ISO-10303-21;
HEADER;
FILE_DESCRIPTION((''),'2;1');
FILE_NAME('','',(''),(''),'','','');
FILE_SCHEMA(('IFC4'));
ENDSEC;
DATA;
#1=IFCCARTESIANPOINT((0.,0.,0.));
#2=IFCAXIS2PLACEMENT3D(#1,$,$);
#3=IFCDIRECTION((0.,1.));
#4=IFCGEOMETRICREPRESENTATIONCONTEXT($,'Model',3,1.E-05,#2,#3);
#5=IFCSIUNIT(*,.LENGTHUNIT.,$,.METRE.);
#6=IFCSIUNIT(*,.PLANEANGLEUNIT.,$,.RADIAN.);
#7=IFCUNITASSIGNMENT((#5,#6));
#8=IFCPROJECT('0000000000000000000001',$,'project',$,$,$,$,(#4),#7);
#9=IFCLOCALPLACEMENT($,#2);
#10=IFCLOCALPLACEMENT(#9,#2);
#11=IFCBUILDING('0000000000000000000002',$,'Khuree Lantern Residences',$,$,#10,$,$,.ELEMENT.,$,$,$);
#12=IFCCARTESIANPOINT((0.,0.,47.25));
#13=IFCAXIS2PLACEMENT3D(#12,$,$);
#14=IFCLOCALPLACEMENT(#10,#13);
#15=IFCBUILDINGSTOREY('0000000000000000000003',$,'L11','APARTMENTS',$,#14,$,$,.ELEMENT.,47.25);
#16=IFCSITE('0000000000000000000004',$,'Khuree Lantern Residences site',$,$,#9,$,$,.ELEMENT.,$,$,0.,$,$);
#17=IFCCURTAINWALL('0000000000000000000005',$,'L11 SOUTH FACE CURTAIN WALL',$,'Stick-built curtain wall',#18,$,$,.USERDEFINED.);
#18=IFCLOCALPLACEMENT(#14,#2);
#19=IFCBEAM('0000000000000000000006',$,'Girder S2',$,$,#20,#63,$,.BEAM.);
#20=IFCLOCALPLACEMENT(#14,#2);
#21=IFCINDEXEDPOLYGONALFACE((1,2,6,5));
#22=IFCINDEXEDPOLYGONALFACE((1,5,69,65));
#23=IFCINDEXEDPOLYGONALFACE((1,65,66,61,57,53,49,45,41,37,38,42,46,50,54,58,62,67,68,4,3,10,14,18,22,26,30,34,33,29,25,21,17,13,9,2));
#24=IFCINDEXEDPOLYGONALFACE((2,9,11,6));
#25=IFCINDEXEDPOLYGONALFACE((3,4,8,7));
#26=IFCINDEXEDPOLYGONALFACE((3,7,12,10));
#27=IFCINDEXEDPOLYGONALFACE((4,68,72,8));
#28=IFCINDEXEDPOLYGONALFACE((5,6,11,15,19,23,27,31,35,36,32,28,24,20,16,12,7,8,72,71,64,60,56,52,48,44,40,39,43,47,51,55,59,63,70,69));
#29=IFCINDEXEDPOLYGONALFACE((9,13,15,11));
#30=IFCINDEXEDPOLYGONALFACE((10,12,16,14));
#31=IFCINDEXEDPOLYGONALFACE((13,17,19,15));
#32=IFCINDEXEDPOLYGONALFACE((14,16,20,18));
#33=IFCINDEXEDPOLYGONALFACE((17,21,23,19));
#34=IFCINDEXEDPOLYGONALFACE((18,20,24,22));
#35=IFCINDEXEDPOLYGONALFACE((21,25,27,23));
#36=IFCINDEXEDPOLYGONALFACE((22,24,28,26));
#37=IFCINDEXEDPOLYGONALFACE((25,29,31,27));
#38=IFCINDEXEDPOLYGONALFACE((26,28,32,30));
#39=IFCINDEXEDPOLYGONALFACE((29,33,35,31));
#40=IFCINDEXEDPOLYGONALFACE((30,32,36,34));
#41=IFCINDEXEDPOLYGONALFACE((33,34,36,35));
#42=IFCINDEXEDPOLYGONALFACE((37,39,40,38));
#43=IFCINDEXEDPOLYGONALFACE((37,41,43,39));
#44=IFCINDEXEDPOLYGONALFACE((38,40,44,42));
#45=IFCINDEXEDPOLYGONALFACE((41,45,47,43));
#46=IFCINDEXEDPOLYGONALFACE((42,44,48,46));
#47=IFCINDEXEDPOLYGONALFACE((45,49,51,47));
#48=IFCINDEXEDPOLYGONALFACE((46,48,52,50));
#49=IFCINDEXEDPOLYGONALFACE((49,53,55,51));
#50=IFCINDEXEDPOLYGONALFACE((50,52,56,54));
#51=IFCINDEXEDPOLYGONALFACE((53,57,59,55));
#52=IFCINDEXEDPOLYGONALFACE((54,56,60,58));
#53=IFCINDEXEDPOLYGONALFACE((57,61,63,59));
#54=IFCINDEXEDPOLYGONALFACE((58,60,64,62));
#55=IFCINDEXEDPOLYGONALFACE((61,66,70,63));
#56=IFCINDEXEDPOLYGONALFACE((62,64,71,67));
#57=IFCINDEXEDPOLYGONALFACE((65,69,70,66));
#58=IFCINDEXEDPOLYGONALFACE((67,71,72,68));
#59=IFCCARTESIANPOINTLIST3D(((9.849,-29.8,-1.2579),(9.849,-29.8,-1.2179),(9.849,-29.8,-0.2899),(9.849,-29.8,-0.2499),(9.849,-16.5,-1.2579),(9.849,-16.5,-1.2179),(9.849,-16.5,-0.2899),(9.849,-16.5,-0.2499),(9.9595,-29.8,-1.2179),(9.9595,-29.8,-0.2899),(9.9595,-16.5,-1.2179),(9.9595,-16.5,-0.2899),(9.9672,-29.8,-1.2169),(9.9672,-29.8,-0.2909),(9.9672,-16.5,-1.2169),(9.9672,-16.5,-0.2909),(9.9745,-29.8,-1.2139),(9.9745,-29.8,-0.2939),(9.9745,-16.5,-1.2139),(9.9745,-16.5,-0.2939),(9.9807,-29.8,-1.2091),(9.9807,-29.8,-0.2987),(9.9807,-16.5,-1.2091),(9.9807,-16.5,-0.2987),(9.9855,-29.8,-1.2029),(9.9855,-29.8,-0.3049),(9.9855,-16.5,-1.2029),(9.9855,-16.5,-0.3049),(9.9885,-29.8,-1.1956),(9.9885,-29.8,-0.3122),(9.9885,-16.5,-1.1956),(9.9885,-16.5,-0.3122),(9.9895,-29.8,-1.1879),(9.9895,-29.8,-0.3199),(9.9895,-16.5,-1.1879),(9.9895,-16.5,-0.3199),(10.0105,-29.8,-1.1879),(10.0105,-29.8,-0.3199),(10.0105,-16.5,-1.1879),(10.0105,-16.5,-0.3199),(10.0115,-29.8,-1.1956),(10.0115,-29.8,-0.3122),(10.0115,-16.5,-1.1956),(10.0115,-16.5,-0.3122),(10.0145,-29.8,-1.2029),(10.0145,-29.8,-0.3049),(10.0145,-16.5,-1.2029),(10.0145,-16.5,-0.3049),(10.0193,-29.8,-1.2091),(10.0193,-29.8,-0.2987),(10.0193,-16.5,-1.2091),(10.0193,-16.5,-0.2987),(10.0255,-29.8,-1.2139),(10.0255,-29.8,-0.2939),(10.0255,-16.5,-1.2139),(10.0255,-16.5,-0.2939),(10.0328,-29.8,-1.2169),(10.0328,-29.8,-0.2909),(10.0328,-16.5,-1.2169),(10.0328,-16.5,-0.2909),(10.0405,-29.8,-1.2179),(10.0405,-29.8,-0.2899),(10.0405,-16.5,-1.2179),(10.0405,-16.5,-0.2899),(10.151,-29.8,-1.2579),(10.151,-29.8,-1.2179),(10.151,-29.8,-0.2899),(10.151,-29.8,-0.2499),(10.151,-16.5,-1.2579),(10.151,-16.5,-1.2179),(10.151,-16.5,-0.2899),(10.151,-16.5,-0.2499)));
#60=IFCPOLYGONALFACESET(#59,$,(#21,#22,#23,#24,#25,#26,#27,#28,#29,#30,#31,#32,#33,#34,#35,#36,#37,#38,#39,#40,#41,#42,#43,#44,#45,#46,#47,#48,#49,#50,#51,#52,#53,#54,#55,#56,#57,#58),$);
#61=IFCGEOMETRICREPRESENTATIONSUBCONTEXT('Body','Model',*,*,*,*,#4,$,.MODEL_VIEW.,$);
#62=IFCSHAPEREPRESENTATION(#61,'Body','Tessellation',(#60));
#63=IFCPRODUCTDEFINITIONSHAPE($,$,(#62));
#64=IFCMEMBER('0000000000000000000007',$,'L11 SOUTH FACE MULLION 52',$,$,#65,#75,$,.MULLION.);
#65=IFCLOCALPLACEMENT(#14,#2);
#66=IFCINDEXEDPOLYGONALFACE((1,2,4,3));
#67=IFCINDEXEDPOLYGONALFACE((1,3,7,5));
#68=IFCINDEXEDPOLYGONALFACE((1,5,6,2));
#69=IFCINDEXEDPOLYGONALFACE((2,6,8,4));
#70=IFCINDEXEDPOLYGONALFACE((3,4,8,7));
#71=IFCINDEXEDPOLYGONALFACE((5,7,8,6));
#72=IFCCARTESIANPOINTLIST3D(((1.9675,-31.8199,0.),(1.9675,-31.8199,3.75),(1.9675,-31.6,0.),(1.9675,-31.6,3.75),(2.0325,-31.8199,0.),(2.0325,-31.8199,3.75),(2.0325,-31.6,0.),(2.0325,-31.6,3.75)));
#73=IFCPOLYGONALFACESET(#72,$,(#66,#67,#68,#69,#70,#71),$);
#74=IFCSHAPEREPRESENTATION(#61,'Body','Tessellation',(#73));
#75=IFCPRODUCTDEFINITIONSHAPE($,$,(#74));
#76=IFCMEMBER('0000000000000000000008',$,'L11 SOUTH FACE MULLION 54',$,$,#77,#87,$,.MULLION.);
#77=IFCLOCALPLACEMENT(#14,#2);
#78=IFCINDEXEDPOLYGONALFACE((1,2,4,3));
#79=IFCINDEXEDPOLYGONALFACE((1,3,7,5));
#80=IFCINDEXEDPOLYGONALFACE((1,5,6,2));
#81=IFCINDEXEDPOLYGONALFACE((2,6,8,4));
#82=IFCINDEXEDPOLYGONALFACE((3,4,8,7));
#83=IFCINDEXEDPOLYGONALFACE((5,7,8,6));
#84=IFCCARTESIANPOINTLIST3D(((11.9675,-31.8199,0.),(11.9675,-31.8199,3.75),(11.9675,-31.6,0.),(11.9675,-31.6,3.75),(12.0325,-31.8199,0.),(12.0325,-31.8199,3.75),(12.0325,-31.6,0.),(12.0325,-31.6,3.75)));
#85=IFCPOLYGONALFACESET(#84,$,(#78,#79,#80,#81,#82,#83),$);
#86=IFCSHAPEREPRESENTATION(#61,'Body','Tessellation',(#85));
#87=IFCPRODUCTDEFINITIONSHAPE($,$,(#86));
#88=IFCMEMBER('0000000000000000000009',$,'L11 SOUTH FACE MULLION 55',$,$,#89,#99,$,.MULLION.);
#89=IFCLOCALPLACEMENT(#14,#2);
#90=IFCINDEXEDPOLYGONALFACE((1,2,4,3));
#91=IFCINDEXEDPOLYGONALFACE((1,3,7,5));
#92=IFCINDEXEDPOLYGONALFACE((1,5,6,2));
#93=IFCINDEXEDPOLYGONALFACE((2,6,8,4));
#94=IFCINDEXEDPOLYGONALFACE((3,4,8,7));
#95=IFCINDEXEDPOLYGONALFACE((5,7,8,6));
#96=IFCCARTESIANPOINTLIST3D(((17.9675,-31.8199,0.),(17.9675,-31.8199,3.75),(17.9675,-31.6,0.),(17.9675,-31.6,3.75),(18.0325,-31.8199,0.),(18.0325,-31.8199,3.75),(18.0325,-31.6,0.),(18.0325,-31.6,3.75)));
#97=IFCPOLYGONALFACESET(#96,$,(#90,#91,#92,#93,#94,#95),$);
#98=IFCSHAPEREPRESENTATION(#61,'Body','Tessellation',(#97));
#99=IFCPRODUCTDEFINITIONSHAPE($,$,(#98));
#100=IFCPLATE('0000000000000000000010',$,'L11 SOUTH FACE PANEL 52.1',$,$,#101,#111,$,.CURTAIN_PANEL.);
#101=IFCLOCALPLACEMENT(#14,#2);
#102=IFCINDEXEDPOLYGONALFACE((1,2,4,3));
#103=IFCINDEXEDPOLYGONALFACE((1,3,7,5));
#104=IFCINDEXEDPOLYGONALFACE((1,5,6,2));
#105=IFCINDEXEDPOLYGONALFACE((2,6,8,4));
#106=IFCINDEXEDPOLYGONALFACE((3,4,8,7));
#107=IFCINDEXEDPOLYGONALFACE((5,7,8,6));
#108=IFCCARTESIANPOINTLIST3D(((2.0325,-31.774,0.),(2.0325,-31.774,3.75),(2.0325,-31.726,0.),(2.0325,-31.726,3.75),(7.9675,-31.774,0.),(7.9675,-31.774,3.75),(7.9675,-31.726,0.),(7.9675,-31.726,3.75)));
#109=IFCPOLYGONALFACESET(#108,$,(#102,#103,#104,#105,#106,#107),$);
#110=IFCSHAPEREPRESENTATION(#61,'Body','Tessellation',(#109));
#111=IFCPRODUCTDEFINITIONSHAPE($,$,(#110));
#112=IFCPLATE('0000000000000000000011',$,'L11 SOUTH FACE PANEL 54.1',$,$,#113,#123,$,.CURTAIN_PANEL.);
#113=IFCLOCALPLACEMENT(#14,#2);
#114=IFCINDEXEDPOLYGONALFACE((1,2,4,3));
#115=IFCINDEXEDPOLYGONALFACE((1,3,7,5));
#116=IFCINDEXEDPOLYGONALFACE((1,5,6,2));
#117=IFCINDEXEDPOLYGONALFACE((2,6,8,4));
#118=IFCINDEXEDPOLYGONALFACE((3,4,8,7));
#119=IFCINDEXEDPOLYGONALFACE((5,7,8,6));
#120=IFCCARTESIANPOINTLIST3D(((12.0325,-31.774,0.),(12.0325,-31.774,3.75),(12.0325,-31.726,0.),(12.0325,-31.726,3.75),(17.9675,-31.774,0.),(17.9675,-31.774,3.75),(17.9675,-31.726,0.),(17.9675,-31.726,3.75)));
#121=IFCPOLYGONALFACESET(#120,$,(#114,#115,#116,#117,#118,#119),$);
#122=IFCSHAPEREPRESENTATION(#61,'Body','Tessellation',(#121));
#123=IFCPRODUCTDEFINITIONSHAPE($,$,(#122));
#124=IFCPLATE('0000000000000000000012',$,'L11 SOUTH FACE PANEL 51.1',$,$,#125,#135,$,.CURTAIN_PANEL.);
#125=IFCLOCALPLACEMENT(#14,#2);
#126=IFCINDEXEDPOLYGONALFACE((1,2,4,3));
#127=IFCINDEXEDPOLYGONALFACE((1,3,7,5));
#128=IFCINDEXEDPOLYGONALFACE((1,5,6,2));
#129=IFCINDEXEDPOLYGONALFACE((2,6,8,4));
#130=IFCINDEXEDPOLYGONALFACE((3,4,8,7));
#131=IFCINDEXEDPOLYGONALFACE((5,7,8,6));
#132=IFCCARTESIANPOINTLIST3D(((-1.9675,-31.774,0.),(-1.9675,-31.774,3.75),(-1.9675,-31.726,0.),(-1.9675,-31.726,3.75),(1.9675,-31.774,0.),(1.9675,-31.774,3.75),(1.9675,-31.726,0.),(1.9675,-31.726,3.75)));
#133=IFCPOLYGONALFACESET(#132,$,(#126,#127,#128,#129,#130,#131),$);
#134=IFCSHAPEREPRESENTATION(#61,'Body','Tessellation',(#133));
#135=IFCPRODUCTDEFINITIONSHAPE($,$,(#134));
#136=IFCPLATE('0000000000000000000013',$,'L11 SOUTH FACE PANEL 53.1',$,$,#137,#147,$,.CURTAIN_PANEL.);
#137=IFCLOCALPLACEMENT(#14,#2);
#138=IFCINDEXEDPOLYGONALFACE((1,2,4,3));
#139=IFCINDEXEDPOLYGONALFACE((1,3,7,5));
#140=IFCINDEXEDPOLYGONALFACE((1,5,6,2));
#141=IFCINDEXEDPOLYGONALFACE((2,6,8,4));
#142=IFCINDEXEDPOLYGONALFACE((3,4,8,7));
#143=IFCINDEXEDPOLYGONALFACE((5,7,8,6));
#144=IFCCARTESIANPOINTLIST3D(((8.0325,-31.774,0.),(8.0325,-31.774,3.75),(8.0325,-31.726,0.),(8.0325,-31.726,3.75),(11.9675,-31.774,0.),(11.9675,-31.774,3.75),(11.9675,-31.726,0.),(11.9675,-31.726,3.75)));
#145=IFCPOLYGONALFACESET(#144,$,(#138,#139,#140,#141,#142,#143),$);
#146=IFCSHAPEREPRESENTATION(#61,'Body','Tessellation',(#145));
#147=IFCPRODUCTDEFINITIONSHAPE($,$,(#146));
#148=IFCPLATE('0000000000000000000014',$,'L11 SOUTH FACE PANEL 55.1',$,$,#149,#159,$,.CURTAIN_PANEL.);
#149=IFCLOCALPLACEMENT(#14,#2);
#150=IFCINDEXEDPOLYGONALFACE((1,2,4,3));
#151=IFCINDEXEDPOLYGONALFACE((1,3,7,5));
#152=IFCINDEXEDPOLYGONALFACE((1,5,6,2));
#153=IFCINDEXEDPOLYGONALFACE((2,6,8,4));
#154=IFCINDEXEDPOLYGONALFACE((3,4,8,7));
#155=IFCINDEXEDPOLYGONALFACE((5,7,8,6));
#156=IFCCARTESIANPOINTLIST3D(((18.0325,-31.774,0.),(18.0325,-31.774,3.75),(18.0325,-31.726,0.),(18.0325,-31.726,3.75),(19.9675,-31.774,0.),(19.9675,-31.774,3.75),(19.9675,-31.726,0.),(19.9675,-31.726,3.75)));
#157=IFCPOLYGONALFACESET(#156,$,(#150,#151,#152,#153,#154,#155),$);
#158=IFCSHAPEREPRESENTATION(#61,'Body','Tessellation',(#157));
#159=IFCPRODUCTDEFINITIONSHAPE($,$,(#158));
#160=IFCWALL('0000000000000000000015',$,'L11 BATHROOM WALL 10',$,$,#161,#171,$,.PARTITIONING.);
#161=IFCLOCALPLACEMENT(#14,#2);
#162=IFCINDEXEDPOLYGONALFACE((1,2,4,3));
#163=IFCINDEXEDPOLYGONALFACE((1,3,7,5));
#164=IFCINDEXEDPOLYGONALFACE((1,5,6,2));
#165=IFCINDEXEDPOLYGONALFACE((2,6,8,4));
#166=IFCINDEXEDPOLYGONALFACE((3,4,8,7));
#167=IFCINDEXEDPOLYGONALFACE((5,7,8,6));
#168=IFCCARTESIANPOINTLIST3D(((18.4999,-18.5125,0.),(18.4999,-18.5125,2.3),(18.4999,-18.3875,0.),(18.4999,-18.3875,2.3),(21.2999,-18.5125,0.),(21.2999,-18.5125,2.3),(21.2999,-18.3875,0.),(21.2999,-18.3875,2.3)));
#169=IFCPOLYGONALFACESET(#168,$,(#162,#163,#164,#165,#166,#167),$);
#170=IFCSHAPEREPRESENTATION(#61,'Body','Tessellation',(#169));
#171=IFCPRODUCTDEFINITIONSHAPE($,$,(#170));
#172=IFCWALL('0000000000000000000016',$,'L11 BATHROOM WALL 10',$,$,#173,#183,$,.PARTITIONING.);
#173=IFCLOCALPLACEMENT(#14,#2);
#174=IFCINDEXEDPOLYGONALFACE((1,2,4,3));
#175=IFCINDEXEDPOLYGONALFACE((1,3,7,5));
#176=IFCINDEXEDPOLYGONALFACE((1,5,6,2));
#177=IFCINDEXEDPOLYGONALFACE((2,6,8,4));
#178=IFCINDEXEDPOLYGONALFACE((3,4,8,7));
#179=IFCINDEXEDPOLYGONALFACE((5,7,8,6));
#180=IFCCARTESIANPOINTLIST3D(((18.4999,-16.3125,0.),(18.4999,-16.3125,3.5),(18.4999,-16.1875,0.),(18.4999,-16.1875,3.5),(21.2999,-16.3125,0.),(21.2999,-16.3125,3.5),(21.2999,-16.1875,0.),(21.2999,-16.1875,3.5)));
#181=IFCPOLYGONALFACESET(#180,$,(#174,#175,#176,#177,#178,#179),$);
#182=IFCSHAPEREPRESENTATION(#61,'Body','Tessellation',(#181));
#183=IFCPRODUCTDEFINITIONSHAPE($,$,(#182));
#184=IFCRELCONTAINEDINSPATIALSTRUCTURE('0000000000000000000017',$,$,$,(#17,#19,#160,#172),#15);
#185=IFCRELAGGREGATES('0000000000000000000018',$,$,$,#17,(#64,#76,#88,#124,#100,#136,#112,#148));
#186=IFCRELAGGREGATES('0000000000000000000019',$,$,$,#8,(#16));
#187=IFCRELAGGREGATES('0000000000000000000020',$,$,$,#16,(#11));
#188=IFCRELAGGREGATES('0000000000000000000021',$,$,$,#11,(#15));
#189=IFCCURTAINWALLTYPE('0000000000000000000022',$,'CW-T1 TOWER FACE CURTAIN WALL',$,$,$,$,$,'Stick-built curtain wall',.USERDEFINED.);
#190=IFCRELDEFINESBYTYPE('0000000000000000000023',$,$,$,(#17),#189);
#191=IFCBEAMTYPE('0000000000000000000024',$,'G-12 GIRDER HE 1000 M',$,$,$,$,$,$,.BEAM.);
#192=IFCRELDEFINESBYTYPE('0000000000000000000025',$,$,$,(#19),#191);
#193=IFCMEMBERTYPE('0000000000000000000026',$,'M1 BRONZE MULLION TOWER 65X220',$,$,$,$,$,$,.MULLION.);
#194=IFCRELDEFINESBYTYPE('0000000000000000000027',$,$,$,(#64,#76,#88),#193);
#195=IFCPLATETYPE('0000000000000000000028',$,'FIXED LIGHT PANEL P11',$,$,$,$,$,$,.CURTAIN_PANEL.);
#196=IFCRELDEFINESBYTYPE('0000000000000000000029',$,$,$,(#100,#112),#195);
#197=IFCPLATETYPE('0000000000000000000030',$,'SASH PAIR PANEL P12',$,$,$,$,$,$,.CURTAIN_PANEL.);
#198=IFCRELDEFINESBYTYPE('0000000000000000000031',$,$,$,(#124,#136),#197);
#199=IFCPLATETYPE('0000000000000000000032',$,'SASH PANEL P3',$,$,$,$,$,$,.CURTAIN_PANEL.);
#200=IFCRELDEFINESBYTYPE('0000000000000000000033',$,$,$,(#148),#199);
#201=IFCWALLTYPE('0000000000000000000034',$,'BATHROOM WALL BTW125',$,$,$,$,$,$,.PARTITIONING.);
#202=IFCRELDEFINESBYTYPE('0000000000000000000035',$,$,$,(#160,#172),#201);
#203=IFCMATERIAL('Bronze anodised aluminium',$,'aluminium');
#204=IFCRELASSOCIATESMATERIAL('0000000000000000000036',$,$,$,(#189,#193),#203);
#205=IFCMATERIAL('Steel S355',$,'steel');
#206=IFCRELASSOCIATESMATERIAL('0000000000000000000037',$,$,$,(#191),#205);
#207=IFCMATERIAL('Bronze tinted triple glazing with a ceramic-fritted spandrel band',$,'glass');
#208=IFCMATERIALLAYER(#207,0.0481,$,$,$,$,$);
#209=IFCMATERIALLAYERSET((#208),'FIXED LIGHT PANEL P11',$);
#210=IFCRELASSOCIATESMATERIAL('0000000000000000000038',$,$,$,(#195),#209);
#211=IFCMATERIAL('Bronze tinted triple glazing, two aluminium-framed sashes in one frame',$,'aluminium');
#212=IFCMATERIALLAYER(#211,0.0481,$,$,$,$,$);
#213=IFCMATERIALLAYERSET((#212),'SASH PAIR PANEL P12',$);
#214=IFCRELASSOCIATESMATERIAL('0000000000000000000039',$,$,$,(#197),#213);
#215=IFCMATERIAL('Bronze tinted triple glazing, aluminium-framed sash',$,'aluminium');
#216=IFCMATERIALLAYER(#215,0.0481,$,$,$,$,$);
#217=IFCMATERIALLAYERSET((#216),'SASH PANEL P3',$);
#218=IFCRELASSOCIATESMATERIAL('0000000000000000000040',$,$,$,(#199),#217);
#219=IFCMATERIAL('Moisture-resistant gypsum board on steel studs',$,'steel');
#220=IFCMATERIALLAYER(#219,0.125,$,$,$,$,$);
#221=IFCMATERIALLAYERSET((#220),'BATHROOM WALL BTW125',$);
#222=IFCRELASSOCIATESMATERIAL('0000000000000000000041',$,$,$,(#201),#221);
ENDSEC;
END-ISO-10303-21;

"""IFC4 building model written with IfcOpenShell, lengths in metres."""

from ifc_helpers import new_model, si_unit, direction, frame, frame_2d, origin, origin_2d, place, context, subcontext, project, spatial, rectangle, i_section, extrude, material, layer, layer_set, material_profile, profile_set, type_object, element, aggregate, save


model = new_model("IFC4")

# Units and contexts
model_context = context("Model", 3, precision=1e-05, world=origin(), true_north=direction((0.0, 1.0)))
body_context = subcontext(model_context, "Body", "Model", "MODEL_VIEW")
ifc_project = project(units=[si_unit("LENGTHUNIT", "METRE"), si_unit("PLANEANGLEUNIT", "RADIAN")], contexts=[model_context])

# Site, building, storey
site_placement = place(None, origin())
site = spatial("IfcSite", under=ifc_project, at=site_placement, Name="Khuree Lantern Residences site", CompositionType="ELEMENT", RefElevation=0.0)
building_placement = place(site_placement, origin())
building = spatial("IfcBuilding", under=site, at=building_placement, Name="Khuree Lantern Residences", CompositionType="ELEMENT")
storey_placement = place(building_placement, frame((0.0, 0.0, 47.25)))
storey = spatial("IfcBuildingStorey", under=building, at=storey_placement, Name="L11", Description="APARTMENTS", CompositionType="ELEMENT", Elevation=47.25)

# Shared definitions
ifc_material_1 = material(Name="Steel S355", Category="steel")

# Curtain wall
ifc_material_2 = material(Name="Bronze anodised aluminium", Category="aluminium")
curtain_wall_type = type_object("IfcCurtainWallType", Name="CW-T1 TOWER FACE CURTAIN WALL", ElementType="Stick-built curtain wall", PredefinedType="USERDEFINED", material=ifc_material_2)
curtain_wall_placement = place(storey_placement, origin())
curtain_wall = element("IfcCurtainWall", 1, at=curtain_wall_placement, inside=storey, type_object=curtain_wall_type, Name="L11 SOUTH FACE CURTAIN WALL", ObjectType="Stick-built curtain wall", PredefinedType="USERDEFINED")

# Beam
ifc_material_profile_1 = material_profile(ifc_material_1, i_section(OverallWidth=0.302, OverallDepth=1.0081, WebThickness=0.021, FlangeThickness=0.04, FilletRadius=0.03, at=origin_2d()), Name="HE 1000 M")
ifc_profile_set_1 = profile_set([ifc_material_profile_1], Name="Steel S355")
beam_type_1 = type_object("IfcBeamType", Name="G-12 GIRDER HE 1000 M", PredefinedType="BEAM", material=ifc_profile_set_1)
beam_1_placement = place(storey_placement, frame((10.0, -29.8, -0.7539), z_axis=(0.0, 1.0, 0.0), x_axis=(-1.0, 0.0, 0.0)))
element("IfcBeam", 2, at=beam_1_placement, inside=storey, type_object=beam_type_1, Name="Girder S2", PredefinedType="BEAM", context=body_context, shape_type="SweptSolid", body=[
    extrude(i_section(OverallWidth=0.302, OverallDepth=1.0081, WebThickness=0.021, FlangeThickness=0.04, FilletRadius=0.03, at=origin_2d()), origin(), (0.0, 0.0, 1.0), 13.3),
])

# Members
ifc_material_profile_2 = material_profile(ifc_material_2, rectangle(XDim=0.0649, YDim=0.22, at=origin_2d()), Name="M1 65X220")
ifc_profile_set_2 = profile_set([ifc_material_profile_2], Name="Bronze anodised aluminium")
member_type_1 = type_object("IfcMemberType", Name="M1 BRONZE MULLION TOWER 65X220", PredefinedType="MULLION", material=ifc_profile_set_2)
member_1_placement = place(storey_placement, frame((2.0, -31.71, 0.0), z_axis=(0.0, 0.0, 1.0), x_axis=(1.0, 0.0, 0.0)))
member_1 = element("IfcMember", 3, at=member_1_placement, type_object=member_type_1, Name="L11 SOUTH FACE MULLION 52", PredefinedType="MULLION", context=body_context, shape_type="SweptSolid", body=[
    extrude(rectangle(XDim=0.0649, YDim=0.22, at=origin_2d()), origin(), (0.0, 0.0, 1.0), 3.75),
])
member_2_placement = place(storey_placement, frame((12.0, -31.71, 0.0), z_axis=(0.0, 0.0, 1.0), x_axis=(1.0, 0.0, 0.0)))
member_2 = element("IfcMember", 4, at=member_2_placement, type_object=member_type_1, Name="L11 SOUTH FACE MULLION 54", PredefinedType="MULLION", context=body_context, shape_type="SweptSolid", body=[
    extrude(rectangle(XDim=0.0649, YDim=0.22, at=origin_2d()), origin(), (0.0, 0.0, 1.0), 3.75),
])
member_3_placement = place(storey_placement, frame((18.0, -31.71, 0.0), z_axis=(0.0, 0.0, 1.0), x_axis=(1.0, 0.0, 0.0)))
member_3 = element("IfcMember", 5, at=member_3_placement, type_object=member_type_1, Name="L11 SOUTH FACE MULLION 55", PredefinedType="MULLION", context=body_context, shape_type="SweptSolid", body=[
    extrude(rectangle(XDim=0.0649, YDim=0.22, at=origin_2d()), origin(), (0.0, 0.0, 1.0), 3.75),
])

# Plates
ifc_material_3 = material(Name="Bronze tinted triple glazing with a ceramic-fritted spandrel band", Category="glass")
ifc_layer_1 = layer(ifc_material_3, 0.0481)
ifc_layer_set_1 = layer_set([ifc_layer_1], Name="FIXED LIGHT PANEL P11")
plate_type_1 = type_object("IfcPlateType", Name="FIXED LIGHT PANEL P11", PredefinedType="CURTAIN_PANEL", material=ifc_layer_set_1)
plate_1_placement = place(storey_placement, frame((5.0, -31.75, 0.0), z_axis=(0.0, 0.0, 1.0), x_axis=(1.0, 0.0, 0.0)))
plate_1 = element("IfcPlate", 6, at=plate_1_placement, type_object=plate_type_1, Name="L11 SOUTH FACE PANEL 52.1", PredefinedType="CURTAIN_PANEL", context=body_context, shape_type="SweptSolid", body=[
    extrude(rectangle(XDim=5.9351, YDim=0.0481, at=origin_2d()), origin(), (0.0, 0.0, 1.0), 3.75),
])
plate_2_placement = place(storey_placement, frame((15.0, -31.75, 0.0), z_axis=(0.0, 0.0, 1.0), x_axis=(1.0, 0.0, 0.0)))
plate_2 = element("IfcPlate", 7, at=plate_2_placement, type_object=plate_type_1, Name="L11 SOUTH FACE PANEL 54.1", PredefinedType="CURTAIN_PANEL", context=body_context, shape_type="SweptSolid", body=[
    extrude(rectangle(XDim=5.9351, YDim=0.0481, at=origin_2d()), origin(), (0.0, 0.0, 1.0), 3.75),
])
ifc_material_4 = material(Name="Bronze tinted triple glazing, two aluminium-framed sashes in one frame", Category="aluminium")
ifc_layer_2 = layer(ifc_material_4, 0.0481)
ifc_layer_set_2 = layer_set([ifc_layer_2], Name="SASH PAIR PANEL P12")
plate_type_2 = type_object("IfcPlateType", Name="SASH PAIR PANEL P12", PredefinedType="CURTAIN_PANEL", material=ifc_layer_set_2)
plate_3_placement = place(storey_placement, frame((0.0, -31.75, 0.0), z_axis=(0.0, 0.0, 1.0), x_axis=(1.0, 0.0, 0.0)))
plate_3 = element("IfcPlate", 8, at=plate_3_placement, type_object=plate_type_2, Name="L11 SOUTH FACE PANEL 51.1", PredefinedType="CURTAIN_PANEL", context=body_context, shape_type="SweptSolid", body=[
    extrude(rectangle(XDim=3.9351, YDim=0.0481, at=origin_2d()), origin(), (0.0, 0.0, 1.0), 3.75),
])
plate_4_placement = place(storey_placement, frame((10.0, -31.75, 0.0), z_axis=(0.0, 0.0, 1.0), x_axis=(1.0, 0.0, 0.0)))
plate_4 = element("IfcPlate", 9, at=plate_4_placement, type_object=plate_type_2, Name="L11 SOUTH FACE PANEL 53.1", PredefinedType="CURTAIN_PANEL", context=body_context, shape_type="SweptSolid", body=[
    extrude(rectangle(XDim=3.9351, YDim=0.0481, at=origin_2d()), origin(), (0.0, 0.0, 1.0), 3.75),
])
ifc_material_5 = material(Name="Bronze tinted triple glazing, aluminium-framed sash", Category="aluminium")
ifc_layer_3 = layer(ifc_material_5, 0.0481)
ifc_layer_set_3 = layer_set([ifc_layer_3], Name="SASH PANEL P3")
plate_type_3 = type_object("IfcPlateType", Name="SASH PANEL P3", PredefinedType="CURTAIN_PANEL", material=ifc_layer_set_3)
plate_5_placement = place(storey_placement, frame((19.0, -31.75, 0.0), z_axis=(0.0, 0.0, 1.0), x_axis=(1.0, 0.0, 0.0)))
plate_5 = element("IfcPlate", 10, at=plate_5_placement, type_object=plate_type_3, Name="L11 SOUTH FACE PANEL 55.1", PredefinedType="CURTAIN_PANEL", context=body_context, shape_type="SweptSolid", body=[
    extrude(rectangle(XDim=1.9351, YDim=0.0481, at=origin_2d()), origin(), (0.0, 0.0, 1.0), 3.75),
])
aggregate(curtain_wall, [member_1, member_2, member_3, plate_3, plate_1, plate_4, plate_2, plate_5])

# Walls
ifc_material_6 = material(Name="Moisture-resistant gypsum board on steel studs", Category="steel")
ifc_layer_4 = layer(ifc_material_6, 0.125)
ifc_layer_set_4 = layer_set([ifc_layer_4], Name="BATHROOM WALL BTW125")
wall_type_1 = type_object("IfcWallType", Name="BATHROOM WALL BTW125", PredefinedType="PARTITIONING", material=ifc_layer_set_4)
wall_1_placement = place(storey_placement, frame((18.5, -18.45, 0.0), z_axis=(0.0, 0.0, 1.0), x_axis=(1.0, 0.0, 0.0)))
element("IfcWall", 11, at=wall_1_placement, inside=storey, type_object=wall_type_1, Name="L11 BATHROOM WALL 10", PredefinedType="PARTITIONING", context=body_context, shape_type="SweptSolid", body=[
    extrude(rectangle(XDim=2.8, YDim=0.125, at=frame_2d((1.3999, 0.0))), origin(), (0.0, 0.0, 1.0), 2.3),
])
wall_2_placement = place(storey_placement, frame((18.5, -16.25, 0.0), z_axis=(0.0, 0.0, 1.0), x_axis=(1.0, 0.0, 0.0)))
element("IfcWall", 12, at=wall_2_placement, inside=storey, type_object=wall_type_1, Name="L11 BATHROOM WALL 10", PredefinedType="PARTITIONING", context=body_context, shape_type="SweptSolid", body=[
    extrude(rectangle(XDim=2.8, YDim=0.125, at=frame_2d((1.3999, 0.0))), origin(), (0.0, 0.0, 1.0), 3.5),
])

save(model, "model.ifc")
